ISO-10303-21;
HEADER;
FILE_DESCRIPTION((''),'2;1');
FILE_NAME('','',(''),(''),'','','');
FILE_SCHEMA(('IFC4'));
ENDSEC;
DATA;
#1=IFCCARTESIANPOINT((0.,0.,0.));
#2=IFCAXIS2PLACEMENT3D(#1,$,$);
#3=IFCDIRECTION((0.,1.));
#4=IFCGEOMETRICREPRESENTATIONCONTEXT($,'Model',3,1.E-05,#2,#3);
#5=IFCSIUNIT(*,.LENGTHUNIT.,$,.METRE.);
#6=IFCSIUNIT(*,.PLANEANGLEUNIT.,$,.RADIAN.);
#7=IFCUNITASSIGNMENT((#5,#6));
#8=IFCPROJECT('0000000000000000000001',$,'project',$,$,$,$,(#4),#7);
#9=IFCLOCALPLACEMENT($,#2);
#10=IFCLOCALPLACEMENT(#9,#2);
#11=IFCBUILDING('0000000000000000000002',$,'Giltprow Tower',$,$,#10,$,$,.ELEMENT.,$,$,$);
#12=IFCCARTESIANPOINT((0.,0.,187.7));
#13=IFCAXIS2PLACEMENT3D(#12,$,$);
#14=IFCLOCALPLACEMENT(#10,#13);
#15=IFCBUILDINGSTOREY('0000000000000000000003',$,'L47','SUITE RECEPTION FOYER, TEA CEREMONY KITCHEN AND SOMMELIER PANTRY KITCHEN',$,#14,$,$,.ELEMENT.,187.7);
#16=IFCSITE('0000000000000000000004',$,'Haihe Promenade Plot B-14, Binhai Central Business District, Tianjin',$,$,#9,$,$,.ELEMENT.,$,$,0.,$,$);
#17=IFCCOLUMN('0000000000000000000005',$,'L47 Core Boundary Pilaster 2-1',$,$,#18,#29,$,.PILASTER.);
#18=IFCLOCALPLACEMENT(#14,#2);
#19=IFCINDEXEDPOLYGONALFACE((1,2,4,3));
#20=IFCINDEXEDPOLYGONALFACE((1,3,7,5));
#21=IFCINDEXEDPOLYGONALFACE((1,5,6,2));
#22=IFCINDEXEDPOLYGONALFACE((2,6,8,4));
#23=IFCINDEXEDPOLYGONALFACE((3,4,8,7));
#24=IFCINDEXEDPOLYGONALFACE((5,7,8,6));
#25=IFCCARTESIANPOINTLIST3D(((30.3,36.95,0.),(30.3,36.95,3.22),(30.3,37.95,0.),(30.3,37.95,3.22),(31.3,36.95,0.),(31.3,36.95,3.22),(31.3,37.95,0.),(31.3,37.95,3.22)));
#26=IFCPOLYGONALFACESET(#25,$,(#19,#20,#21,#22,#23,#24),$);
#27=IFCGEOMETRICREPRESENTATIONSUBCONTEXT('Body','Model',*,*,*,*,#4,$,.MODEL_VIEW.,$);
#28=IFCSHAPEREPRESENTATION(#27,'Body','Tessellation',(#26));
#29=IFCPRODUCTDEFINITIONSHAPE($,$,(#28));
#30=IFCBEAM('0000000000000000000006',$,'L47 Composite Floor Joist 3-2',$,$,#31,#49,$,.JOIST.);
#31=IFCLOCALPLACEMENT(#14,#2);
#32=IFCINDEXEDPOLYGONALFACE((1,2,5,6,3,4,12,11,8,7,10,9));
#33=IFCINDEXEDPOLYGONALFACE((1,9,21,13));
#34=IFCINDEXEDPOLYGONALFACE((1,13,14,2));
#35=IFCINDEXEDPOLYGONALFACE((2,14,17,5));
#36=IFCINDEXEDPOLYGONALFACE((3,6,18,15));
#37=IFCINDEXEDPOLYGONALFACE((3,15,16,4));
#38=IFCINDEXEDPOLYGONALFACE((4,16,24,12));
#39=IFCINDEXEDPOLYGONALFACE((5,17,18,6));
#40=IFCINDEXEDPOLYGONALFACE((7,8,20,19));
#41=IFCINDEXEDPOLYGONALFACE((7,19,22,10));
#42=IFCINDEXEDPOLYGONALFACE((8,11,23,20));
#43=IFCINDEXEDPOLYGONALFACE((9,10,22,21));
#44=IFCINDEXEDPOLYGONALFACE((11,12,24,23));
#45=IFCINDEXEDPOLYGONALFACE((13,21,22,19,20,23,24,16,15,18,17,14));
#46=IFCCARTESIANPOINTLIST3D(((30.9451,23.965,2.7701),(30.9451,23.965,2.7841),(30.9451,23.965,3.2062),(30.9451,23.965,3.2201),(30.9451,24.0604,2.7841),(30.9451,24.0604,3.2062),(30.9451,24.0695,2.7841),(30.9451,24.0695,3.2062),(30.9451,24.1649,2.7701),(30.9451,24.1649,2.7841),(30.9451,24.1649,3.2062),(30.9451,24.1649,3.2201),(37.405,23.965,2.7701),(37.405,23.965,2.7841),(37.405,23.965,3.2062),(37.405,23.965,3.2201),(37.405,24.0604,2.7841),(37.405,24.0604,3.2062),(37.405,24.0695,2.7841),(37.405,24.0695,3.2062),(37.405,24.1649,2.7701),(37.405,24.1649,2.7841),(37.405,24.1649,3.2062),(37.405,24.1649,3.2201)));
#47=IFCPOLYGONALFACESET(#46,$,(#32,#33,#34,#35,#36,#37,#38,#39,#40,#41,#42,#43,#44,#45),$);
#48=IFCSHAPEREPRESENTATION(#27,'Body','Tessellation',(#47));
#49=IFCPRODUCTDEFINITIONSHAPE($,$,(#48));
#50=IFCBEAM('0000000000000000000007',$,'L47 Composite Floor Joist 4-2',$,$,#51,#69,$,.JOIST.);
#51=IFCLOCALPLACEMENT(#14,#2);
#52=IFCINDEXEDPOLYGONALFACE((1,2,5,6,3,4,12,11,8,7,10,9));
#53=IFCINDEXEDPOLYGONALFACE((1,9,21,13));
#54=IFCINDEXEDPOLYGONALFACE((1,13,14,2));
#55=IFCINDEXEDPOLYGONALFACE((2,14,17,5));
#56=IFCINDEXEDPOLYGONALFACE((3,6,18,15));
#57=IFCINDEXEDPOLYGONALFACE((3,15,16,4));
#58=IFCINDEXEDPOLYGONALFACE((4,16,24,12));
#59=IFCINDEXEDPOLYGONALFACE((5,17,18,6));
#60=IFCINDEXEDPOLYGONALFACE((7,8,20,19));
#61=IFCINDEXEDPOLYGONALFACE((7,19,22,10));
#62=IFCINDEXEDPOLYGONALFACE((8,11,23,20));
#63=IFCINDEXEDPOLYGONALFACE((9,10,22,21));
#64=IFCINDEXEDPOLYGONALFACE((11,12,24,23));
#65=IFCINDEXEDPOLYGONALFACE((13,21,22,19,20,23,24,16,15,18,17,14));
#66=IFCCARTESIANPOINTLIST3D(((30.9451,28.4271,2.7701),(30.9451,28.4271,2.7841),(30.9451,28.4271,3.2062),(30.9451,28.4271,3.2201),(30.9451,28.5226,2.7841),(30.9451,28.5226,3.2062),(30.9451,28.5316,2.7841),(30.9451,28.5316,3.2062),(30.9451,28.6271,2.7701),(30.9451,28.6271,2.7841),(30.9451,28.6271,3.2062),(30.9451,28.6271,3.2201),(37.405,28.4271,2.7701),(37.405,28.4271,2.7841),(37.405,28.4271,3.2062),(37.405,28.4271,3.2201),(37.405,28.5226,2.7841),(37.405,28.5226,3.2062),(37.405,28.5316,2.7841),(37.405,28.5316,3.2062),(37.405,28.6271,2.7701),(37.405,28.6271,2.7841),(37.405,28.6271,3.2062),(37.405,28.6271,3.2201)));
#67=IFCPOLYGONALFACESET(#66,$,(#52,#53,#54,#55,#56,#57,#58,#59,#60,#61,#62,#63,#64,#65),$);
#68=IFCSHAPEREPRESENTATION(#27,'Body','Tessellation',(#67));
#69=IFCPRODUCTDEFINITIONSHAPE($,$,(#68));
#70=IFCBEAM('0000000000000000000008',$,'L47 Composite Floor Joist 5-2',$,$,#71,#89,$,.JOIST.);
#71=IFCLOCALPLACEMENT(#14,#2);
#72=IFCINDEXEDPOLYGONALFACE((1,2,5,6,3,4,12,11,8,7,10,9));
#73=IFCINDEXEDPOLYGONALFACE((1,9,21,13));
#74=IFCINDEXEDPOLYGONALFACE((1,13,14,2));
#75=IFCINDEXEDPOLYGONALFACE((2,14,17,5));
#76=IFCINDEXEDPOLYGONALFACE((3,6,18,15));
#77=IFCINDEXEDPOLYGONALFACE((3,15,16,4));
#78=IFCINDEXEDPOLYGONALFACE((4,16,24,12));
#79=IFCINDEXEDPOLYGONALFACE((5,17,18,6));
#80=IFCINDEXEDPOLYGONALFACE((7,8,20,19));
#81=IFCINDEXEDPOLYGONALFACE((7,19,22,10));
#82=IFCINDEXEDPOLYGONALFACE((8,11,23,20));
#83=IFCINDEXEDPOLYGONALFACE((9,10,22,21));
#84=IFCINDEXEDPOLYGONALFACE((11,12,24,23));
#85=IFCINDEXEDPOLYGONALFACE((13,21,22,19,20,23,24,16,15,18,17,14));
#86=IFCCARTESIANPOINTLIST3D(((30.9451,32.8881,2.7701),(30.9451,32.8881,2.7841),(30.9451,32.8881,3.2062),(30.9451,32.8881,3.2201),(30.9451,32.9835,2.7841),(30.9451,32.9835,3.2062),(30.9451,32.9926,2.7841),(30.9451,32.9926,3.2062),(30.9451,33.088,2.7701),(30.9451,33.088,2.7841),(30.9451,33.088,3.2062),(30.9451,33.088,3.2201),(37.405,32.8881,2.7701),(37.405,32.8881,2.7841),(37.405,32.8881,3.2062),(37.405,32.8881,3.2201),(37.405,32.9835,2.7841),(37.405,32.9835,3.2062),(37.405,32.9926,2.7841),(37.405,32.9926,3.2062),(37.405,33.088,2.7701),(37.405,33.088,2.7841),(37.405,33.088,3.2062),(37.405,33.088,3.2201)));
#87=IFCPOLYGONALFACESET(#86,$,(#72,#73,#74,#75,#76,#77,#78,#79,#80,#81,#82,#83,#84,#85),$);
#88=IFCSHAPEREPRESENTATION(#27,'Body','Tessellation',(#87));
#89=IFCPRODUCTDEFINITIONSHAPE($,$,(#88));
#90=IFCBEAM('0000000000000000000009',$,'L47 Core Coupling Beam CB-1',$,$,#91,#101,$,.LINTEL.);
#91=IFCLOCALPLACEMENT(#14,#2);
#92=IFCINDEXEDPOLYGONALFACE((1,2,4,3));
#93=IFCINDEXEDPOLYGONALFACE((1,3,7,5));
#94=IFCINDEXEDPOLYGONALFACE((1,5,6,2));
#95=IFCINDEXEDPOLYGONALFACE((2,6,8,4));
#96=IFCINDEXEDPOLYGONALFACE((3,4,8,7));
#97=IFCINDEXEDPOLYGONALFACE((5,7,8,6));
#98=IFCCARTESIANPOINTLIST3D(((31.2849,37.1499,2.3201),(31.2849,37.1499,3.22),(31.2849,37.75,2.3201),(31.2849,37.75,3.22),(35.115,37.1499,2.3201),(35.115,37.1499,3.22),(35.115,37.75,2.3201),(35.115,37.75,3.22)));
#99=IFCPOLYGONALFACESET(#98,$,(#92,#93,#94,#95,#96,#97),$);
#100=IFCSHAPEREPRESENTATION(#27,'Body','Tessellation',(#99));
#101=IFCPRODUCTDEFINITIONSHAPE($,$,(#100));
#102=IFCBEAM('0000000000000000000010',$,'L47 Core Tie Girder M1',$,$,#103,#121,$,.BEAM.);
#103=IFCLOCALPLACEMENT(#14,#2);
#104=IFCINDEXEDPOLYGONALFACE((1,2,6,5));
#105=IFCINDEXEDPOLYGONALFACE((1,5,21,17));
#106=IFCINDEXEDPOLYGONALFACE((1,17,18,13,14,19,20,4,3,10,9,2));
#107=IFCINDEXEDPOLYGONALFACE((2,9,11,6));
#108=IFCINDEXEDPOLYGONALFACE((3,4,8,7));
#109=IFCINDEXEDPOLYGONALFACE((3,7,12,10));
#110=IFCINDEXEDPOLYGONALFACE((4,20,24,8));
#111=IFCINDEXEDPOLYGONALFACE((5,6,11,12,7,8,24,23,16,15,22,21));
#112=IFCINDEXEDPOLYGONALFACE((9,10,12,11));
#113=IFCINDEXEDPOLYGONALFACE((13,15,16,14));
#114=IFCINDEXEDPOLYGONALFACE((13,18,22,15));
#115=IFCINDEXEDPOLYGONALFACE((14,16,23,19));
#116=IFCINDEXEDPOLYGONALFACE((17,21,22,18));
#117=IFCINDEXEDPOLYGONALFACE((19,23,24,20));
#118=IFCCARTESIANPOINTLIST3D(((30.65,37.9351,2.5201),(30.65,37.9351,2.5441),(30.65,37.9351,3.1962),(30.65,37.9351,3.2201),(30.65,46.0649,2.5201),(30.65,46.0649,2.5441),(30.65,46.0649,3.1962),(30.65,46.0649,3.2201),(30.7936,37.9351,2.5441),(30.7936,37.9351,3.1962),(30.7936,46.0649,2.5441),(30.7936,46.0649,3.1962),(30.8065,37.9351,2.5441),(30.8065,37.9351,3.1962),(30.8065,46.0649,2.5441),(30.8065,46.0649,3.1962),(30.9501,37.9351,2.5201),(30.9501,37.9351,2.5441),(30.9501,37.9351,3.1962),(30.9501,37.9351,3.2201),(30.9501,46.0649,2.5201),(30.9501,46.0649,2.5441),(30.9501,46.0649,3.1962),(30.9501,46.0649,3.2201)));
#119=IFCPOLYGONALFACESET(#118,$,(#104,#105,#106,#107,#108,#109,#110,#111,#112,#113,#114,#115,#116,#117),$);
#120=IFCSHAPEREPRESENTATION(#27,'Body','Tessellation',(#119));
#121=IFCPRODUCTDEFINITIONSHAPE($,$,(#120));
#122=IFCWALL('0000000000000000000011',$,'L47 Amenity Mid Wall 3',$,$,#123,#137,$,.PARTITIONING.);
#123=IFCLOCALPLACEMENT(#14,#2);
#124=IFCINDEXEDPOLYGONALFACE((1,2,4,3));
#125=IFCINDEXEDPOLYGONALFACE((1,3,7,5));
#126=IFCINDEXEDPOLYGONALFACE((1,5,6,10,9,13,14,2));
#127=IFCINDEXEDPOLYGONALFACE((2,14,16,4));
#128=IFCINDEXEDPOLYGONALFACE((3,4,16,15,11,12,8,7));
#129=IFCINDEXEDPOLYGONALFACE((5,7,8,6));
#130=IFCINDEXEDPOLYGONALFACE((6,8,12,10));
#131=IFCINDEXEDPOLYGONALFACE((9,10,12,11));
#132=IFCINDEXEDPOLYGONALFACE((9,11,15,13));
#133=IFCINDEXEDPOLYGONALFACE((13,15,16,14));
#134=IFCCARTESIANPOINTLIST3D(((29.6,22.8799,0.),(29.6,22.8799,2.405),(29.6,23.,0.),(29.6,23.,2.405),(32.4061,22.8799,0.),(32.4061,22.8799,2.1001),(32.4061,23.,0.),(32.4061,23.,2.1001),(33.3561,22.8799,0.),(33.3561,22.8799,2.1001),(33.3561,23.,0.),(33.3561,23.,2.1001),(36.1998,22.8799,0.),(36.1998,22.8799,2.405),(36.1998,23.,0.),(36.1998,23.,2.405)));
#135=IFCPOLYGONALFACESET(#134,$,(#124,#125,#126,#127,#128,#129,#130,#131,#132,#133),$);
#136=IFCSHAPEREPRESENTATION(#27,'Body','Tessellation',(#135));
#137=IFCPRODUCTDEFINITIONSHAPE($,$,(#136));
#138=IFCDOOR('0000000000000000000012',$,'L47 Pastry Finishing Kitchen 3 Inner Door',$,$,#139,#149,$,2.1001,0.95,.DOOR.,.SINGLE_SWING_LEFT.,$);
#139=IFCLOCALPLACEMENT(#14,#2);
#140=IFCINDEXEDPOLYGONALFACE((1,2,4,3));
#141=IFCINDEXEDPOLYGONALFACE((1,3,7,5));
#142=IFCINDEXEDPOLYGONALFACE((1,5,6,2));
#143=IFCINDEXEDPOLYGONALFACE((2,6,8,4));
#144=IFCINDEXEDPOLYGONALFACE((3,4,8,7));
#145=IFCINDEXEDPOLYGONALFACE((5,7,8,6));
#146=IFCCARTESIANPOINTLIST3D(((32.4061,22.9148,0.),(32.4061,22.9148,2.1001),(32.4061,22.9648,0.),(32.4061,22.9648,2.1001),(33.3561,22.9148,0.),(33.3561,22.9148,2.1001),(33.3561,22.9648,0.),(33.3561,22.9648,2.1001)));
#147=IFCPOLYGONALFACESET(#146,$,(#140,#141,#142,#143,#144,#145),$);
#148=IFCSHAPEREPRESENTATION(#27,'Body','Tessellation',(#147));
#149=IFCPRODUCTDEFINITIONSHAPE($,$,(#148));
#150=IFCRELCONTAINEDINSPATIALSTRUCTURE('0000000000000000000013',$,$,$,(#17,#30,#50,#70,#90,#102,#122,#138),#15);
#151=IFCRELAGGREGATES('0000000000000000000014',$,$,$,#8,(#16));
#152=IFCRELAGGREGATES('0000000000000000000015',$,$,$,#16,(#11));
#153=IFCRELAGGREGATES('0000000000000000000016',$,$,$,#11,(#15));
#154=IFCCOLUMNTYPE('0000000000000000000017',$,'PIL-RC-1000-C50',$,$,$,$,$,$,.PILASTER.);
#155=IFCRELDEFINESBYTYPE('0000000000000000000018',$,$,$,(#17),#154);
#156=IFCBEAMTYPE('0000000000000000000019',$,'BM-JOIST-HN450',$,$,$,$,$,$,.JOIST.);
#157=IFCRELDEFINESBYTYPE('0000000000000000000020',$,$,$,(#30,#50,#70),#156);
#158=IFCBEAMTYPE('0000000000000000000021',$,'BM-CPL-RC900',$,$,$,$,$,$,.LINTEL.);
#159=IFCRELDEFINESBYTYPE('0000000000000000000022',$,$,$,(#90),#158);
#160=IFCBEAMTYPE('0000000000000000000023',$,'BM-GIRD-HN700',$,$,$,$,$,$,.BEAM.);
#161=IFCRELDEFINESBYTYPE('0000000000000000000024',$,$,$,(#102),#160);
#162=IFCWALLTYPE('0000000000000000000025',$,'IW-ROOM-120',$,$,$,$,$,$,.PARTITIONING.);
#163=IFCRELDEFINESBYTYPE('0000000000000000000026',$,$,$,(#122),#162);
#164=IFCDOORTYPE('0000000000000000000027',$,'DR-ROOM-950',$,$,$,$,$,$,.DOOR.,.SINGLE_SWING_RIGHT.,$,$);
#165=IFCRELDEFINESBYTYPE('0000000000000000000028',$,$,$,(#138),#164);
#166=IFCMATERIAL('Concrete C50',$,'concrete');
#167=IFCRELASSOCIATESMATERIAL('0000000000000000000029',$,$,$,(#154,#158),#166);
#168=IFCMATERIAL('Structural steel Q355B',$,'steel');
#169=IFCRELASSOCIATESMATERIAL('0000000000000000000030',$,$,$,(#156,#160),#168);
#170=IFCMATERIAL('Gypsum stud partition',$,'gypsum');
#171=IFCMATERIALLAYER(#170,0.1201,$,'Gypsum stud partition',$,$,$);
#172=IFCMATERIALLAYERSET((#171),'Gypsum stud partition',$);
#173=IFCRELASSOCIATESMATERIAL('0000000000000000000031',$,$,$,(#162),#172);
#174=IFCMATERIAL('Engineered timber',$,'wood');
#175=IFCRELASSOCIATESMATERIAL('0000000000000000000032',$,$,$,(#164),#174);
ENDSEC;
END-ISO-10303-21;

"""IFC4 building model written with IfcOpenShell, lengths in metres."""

from ifc_helpers import new_model, si_unit, direction, frame, frame_2d, origin, origin_2d, place, context, subcontext, project, spatial, rectangle, i_section, extrude, source, transform, mapped, material, layer, layer_set, material_profile, profile_set, type_object, element, fill, save


model = new_model("IFC4")

# Units and contexts
model_context = context("Model", 3, precision=1e-05, world=origin(), true_north=direction((0.0, 1.0)))
body_context = subcontext(model_context, "Body", "Model", "MODEL_VIEW")
ifc_project = project(units=[si_unit("LENGTHUNIT", "METRE"), si_unit("PLANEANGLEUNIT", "RADIAN")], contexts=[model_context])

# Site, building, storey
site_placement = place(None, origin())
site = spatial("IfcSite", under=ifc_project, at=site_placement, Name="Haihe Promenade Plot B-14, Binhai Central Business District, Tianjin", CompositionType="ELEMENT", RefElevation=0.0)
building_placement = place(site_placement, origin())
building = spatial("IfcBuilding", under=site, at=building_placement, Name="Giltprow Tower", CompositionType="ELEMENT")
storey_placement = place(building_placement, frame((0.0, 0.0, 187.7)))
storey = spatial("IfcBuildingStorey", under=building, at=storey_placement, Name="L47", Description="SUITE RECEPTION FOYER, TEA CEREMONY KITCHEN AND SOMMELIER PANTRY KITCHEN", CompositionType="ELEMENT", Elevation=187.7)

# Column
ifc_material_1 = material(Name="Concrete C50", Category="concrete")
ifc_material_profile_1 = material_profile(ifc_material_1, rectangle(XDim=1.0, YDim=1.0, at=origin_2d()), Name="RC 1000x1000")
ifc_profile_set_1 = profile_set([ifc_material_profile_1], Name="Concrete C50")
column_type = type_object("IfcColumnType", Name="PIL-RC-1000-C50", PredefinedType="PILASTER", material=ifc_profile_set_1)
shared_shape_1 = source(origin(), body_context, "Body", "SweptSolid", [
    extrude(rectangle(XDim=1.0, YDim=1.0, at=origin_2d()), origin(), (0.0, 0.0, 1.0), 3.22),
])
column_placement = place(storey_placement, frame((30.8, 37.45, 0.0), z_axis=(0.0, 0.0, 1.0), x_axis=(1.0, 0.0, 0.0)))
element("IfcColumn", 1, at=column_placement, inside=storey, type_object=column_type, Name="L47 Core Boundary Pilaster 2-1", PredefinedType="PILASTER", context=body_context, shape_type="MappedRepresentation", body=[
    mapped(shared_shape_1, transform((0.0, 0.0, 0.0), x_axis=(1.0, 0.0, 0.0), y_axis=(0.0, 1.0, 0.0), z_axis=(0.0, 0.0, 1.0), scale=1.0)),
])

# Beams
ifc_material_2 = material(Name="Structural steel Q355B", Category="steel")
ifc_material_profile_2 = material_profile(ifc_material_2, i_section(OverallWidth=0.2, OverallDepth=0.45, WebThickness=0.009, FlangeThickness=0.0139, at=origin_2d()), Name="HN 450x200x9x14")
ifc_profile_set_2 = profile_set([ifc_material_profile_2], Name="Structural steel Q355B")
beam_type_1 = type_object("IfcBeamType", Name="BM-JOIST-HN450", PredefinedType="JOIST", material=ifc_profile_set_2)
shared_shape_2 = source(origin(), body_context, "Body", "SweptSolid", [
    extrude(i_section(OverallWidth=0.2, OverallDepth=0.45, WebThickness=0.009, FlangeThickness=0.0139, at=origin_2d()), origin(), (0.0, 0.0, 1.0), 6.46),
])
for number, where, z_axis, x_axis, name in (
    (2, (30.9451, 24.0649, 2.9951), (1.0, 0.0, 0.0), (0.0, 1.0, 0.0), "L47 Composite Floor Joist 3-2"),
    (3, (30.9451, 28.5271, 2.9951), (1.0, 0.0, 0.0), (0.0, 1.0, 0.0), "L47 Composite Floor Joist 4-2"),
    (4, (30.9451, 32.988, 2.9951), (1.0, 0.0, 0.0), (0.0, 1.0, 0.0), "L47 Composite Floor Joist 5-2"),
):
    element("IfcBeam", number, at=place(storey_placement, frame(where, z_axis=z_axis, x_axis=x_axis)), inside=storey, type_object=beam_type_1, Name=name, PredefinedType="JOIST", context=body_context, shape_type="MappedRepresentation", body=[
        mapped(shared_shape_2, transform((0.0, 0.0, 0.0), x_axis=(1.0, 0.0, 0.0), y_axis=(0.0, 1.0, 0.0), z_axis=(0.0, 0.0, 1.0), scale=1.0)),
    ])
ifc_material_profile_3 = material_profile(ifc_material_1, rectangle(XDim=0.6001, YDim=0.8999, at=origin_2d()), Name="RC 900x600")
ifc_profile_set_3 = profile_set([ifc_material_profile_3], Name="Concrete C50")
beam_type_2 = type_object("IfcBeamType", Name="BM-CPL-RC900", PredefinedType="LINTEL", material=ifc_profile_set_3)
shared_shape_3 = source(origin(), body_context, "Body", "SweptSolid", [
    extrude(rectangle(XDim=0.6001, YDim=0.8999, at=origin_2d()), origin(), (0.0, 0.0, 1.0), 3.8301),
])
beam_1_placement = place(storey_placement, frame((31.2849, 37.45, 2.77), z_axis=(1.0, 0.0, 0.0), x_axis=(0.0, 1.0, 0.0)))
element("IfcBeam", 5, at=beam_1_placement, inside=storey, type_object=beam_type_2, Name="L47 Core Coupling Beam CB-1", PredefinedType="LINTEL", context=body_context, shape_type="MappedRepresentation", body=[
    mapped(shared_shape_3, transform((0.0, 0.0, 0.0), x_axis=(1.0, 0.0, 0.0), y_axis=(0.0, 1.0, 0.0), z_axis=(0.0, 0.0, 1.0), scale=1.0)),
])
ifc_material_profile_4 = material_profile(ifc_material_2, i_section(OverallWidth=0.3, OverallDepth=0.7, WebThickness=0.0129, FlangeThickness=0.0239, at=origin_2d()), Name="HN 700x300x13x24")
ifc_profile_set_4 = profile_set([ifc_material_profile_4], Name="Structural steel Q355B")
beam_type_3 = type_object("IfcBeamType", Name="BM-GIRD-HN700", PredefinedType="BEAM", material=ifc_profile_set_4)
shared_shape_4 = source(origin(), body_context, "Body", "SweptSolid", [
    extrude(i_section(OverallWidth=0.3, OverallDepth=0.7, WebThickness=0.0129, FlangeThickness=0.0239, at=origin_2d()), origin(), (0.0, 0.0, 1.0), 8.1299),
])
beam_2_placement = place(storey_placement, frame((30.8, 37.9351, 2.8701), z_axis=(0.0, 1.0, 0.0), x_axis=(-1.0, 0.0, 0.0)))
element("IfcBeam", 6, at=beam_2_placement, inside=storey, type_object=beam_type_3, Name="L47 Core Tie Girder M1", PredefinedType="BEAM", context=body_context, shape_type="MappedRepresentation", body=[
    mapped(shared_shape_4, transform((0.0, 0.0, 0.0), x_axis=(1.0, 0.0, 0.0), y_axis=(0.0, 1.0, 0.0), z_axis=(0.0, 0.0, 1.0), scale=1.0)),
])

# Wall, opening, door
ifc_material_3 = material(Name="Gypsum stud partition", Category="gypsum")
ifc_layer_1 = layer(ifc_material_3, 0.1201, Name="Gypsum stud partition")
ifc_layer_set_1 = layer_set([ifc_layer_1], Name="Gypsum stud partition")
wall_type_1 = type_object("IfcWallType", Name="IW-ROOM-120", PredefinedType="PARTITIONING", material=ifc_layer_set_1)
wall_1_placement = place(storey_placement, frame((29.6001, 22.9399, 0.0), z_axis=(0.0, 0.0, 1.0), x_axis=(1.0, 0.0, 0.0)))
wall_1 = element("IfcWall", 7, at=wall_1_placement, inside=storey, type_object=wall_type_1, Name="L47 Amenity Mid Wall 3", PredefinedType="PARTITIONING", context=body_context, shape_type="SweptSolid", body=[
    extrude(rectangle(XDim=6.5999, YDim=0.1201, at=frame_2d((3.2998, 0.0))), origin(), (0.0, 0.0, 1.0), 2.405),
])
opening_1_placement = place(wall_1_placement, frame((2.8059, 0.0, 0.0)))
opening_1 = element("IfcOpeningElement", 8, at=opening_1_placement, cuts=wall_1, PredefinedType="OPENING", context=body_context, shape_type="SweptSolid", body=[
    extrude(rectangle(XDim=0.95, YDim=2.1001, at=frame_2d((0.4751, 1.05))), frame((0.0, 0.0701, 0.0), z_axis=(0.0, -1.0, 0.0), x_axis=(1.0, 0.0, 0.0)), (0.0, 0.0, 1.0), 0.1401),
])
ifc_material_4 = material(Name="Engineered timber", Category="wood")
door_type_1 = type_object("IfcDoorType", Name="DR-ROOM-950", OperationType="SINGLE_SWING_RIGHT", PredefinedType="DOOR", material=ifc_material_4)
shared_shape_5 = source(origin(), body_context, "Body", "SweptSolid", [
    extrude(rectangle(XDim=0.95, YDim=2.1001, at=frame_2d((0.4751, 1.05))), frame((0.0, 0.0249, 0.0), z_axis=(0.0, -1.0, 0.0), x_axis=(1.0, 0.0, 0.0)), (0.0, 0.0, 1.0), 0.05),
])
door_1_placement = place(opening_1_placement, origin())
door_1 = element("IfcDoor", 9, at=door_1_placement, inside=storey, type_object=door_type_1, Name="L47 Pastry Finishing Kitchen 3 Inner Door", OperationType="SINGLE_SWING_LEFT", OverallHeight=2.1001, OverallWidth=0.95, PredefinedType="DOOR", context=body_context, shape_type="MappedRepresentation", body=[
    mapped(shared_shape_5, transform((0.0, 0.0, 0.0), x_axis=(1.0, 0.0, 0.0), y_axis=(0.0, 1.0, 0.0), z_axis=(0.0, 0.0, 1.0), scale=1.0)),
])
fill(opening_1, door_1)

save(model, "model.ifc")
